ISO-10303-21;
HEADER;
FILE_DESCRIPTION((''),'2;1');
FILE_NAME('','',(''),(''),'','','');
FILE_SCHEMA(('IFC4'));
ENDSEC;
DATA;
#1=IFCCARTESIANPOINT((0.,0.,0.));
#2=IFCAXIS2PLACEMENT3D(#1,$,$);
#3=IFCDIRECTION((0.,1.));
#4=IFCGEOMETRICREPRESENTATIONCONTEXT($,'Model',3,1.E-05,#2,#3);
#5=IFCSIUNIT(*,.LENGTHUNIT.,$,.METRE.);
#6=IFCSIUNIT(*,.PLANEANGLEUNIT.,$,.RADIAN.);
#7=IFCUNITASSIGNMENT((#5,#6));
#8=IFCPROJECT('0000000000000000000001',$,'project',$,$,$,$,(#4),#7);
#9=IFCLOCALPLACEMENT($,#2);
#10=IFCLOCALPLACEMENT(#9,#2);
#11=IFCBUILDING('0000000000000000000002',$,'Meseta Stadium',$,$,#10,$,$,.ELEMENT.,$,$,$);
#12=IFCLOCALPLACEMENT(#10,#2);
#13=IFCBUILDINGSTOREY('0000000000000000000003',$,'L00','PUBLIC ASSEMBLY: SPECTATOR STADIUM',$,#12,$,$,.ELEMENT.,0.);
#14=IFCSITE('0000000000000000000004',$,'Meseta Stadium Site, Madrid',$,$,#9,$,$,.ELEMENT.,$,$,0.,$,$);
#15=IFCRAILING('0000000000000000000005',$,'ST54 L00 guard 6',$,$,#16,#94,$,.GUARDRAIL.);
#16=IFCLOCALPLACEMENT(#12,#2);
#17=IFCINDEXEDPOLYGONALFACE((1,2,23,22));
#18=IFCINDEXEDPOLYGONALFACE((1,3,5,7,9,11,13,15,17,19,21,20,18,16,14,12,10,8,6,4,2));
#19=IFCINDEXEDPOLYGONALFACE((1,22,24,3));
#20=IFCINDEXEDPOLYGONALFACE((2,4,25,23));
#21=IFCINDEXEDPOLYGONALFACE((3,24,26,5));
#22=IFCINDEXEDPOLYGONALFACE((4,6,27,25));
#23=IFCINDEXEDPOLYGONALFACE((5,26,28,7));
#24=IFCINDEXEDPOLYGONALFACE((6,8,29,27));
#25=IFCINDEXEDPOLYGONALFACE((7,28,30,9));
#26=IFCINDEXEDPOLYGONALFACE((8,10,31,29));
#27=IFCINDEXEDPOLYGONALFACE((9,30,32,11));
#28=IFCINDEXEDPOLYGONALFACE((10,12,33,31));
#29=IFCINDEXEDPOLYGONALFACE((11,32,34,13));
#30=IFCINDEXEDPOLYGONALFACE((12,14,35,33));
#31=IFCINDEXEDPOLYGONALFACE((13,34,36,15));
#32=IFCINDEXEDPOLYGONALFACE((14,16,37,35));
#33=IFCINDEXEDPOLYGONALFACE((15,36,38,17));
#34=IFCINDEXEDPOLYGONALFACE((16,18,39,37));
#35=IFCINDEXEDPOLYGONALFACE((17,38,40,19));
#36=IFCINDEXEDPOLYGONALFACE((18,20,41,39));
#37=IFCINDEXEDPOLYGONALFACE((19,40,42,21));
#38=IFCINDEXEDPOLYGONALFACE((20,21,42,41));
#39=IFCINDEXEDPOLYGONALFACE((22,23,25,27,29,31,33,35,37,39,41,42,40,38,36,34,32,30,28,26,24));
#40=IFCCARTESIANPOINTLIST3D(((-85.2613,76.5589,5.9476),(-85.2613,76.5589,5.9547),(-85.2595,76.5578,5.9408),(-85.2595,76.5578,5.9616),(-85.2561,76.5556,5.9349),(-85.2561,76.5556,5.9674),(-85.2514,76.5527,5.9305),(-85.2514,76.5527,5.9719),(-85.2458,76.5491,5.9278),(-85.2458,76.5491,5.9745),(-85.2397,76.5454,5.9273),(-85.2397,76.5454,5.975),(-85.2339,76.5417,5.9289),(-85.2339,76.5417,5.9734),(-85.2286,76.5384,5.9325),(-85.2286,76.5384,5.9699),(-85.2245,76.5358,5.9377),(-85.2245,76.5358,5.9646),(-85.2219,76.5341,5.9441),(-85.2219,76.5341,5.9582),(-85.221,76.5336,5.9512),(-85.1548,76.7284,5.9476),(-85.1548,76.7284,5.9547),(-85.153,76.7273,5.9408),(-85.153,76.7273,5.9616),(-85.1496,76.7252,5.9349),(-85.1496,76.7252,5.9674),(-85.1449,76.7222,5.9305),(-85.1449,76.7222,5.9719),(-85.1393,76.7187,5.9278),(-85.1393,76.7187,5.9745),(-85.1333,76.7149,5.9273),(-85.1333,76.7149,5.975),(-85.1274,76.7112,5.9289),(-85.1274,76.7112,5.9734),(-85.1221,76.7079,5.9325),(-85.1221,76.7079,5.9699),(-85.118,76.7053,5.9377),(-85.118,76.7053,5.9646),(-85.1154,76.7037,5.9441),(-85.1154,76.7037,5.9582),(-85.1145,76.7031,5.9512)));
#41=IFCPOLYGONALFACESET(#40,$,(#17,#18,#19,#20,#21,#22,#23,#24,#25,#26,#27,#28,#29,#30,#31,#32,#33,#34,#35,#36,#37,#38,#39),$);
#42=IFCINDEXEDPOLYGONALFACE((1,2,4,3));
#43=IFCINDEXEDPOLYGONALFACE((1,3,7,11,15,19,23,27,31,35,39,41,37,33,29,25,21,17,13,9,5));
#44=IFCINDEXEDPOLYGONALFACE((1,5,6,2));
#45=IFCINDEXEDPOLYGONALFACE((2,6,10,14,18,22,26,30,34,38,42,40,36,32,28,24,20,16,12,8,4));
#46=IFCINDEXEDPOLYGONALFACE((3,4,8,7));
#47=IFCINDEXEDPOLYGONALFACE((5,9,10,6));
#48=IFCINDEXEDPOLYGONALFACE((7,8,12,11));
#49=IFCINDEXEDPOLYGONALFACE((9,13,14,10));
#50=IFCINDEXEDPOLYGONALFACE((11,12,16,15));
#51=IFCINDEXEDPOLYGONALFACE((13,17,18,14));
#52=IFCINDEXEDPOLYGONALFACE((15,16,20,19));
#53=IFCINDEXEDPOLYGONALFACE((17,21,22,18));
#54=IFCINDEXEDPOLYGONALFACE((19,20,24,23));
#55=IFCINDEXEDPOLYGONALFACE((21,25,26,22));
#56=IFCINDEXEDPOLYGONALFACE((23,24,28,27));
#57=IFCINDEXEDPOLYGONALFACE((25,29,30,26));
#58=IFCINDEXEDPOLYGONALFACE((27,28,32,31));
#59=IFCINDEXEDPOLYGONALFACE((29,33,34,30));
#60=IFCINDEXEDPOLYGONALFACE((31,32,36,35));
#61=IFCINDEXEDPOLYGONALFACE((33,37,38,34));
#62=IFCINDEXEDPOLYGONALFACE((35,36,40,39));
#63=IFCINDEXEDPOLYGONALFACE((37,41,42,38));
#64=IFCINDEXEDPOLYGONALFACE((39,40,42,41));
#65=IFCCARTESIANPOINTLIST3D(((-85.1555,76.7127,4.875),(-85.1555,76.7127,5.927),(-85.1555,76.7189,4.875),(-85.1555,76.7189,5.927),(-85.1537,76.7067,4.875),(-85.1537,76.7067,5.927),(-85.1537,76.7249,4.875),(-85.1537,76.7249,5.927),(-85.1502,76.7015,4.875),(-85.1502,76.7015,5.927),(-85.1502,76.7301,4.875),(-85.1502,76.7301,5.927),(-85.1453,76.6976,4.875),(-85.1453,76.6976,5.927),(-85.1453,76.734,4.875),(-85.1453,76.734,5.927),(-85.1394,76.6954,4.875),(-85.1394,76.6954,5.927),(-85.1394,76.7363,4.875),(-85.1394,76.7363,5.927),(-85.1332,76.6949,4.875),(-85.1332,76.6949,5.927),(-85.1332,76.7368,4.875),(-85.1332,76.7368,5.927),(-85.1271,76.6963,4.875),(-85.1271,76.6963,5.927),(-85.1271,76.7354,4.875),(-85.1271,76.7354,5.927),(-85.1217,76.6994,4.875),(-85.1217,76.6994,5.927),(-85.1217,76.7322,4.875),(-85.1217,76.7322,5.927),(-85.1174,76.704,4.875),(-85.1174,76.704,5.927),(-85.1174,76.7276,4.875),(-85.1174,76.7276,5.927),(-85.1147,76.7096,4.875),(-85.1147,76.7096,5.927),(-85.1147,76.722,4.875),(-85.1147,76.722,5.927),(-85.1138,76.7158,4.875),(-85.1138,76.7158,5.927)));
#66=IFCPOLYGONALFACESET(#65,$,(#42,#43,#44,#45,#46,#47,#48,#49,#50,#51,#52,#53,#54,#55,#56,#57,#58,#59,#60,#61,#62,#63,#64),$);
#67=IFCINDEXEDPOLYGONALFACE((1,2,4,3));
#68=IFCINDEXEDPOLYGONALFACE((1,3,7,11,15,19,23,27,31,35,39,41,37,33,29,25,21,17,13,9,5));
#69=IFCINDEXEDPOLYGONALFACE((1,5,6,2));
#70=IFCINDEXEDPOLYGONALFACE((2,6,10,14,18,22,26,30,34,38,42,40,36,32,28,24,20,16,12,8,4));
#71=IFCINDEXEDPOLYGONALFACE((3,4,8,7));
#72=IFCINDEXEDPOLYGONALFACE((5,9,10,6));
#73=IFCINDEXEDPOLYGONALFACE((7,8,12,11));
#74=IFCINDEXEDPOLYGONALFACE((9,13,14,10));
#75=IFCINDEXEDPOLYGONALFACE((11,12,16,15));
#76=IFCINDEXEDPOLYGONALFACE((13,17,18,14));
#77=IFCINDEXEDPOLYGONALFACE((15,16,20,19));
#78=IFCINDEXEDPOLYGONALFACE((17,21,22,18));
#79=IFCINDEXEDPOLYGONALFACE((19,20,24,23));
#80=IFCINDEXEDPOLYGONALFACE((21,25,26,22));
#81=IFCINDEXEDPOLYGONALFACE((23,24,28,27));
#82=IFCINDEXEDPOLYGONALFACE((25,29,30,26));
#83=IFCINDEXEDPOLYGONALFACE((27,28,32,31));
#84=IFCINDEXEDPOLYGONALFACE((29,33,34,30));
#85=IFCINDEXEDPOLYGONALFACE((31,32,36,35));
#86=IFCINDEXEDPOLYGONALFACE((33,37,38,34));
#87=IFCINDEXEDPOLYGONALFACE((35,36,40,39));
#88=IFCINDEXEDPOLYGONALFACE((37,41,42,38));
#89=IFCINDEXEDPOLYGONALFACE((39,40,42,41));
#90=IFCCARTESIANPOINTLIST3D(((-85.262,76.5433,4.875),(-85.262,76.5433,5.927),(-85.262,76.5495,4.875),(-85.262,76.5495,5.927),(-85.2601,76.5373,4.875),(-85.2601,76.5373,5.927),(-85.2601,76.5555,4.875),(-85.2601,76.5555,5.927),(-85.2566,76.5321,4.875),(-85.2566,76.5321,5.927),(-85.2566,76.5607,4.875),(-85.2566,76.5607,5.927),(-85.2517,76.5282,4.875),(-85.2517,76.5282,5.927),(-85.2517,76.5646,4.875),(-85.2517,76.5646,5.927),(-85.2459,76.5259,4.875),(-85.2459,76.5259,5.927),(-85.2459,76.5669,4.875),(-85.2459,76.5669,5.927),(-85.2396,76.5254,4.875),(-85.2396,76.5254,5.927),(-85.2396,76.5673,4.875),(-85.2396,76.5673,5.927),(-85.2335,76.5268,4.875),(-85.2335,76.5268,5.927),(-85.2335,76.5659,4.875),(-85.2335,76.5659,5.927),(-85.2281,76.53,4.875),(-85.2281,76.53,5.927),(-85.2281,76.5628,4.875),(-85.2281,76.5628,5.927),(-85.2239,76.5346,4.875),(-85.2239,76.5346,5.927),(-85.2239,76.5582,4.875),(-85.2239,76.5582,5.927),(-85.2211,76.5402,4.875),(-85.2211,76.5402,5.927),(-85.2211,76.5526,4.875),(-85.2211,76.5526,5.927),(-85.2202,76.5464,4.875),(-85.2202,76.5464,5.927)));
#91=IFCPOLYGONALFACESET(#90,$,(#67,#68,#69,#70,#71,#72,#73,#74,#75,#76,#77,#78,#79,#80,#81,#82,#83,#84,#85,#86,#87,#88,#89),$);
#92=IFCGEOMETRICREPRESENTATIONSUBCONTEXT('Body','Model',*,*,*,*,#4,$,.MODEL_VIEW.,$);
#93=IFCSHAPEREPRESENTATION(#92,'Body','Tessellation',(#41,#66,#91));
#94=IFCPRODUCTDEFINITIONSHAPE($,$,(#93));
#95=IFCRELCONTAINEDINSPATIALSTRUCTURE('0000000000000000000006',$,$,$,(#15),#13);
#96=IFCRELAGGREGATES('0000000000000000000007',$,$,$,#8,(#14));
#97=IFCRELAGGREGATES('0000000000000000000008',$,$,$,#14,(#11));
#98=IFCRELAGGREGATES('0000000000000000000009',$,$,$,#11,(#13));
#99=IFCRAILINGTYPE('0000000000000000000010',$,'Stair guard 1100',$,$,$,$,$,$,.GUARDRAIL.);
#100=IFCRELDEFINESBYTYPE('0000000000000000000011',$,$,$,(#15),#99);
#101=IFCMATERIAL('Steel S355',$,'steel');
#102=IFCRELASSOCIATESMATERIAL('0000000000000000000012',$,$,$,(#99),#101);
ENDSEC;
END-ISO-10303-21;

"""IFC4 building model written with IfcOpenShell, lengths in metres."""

from ifc_helpers import new_model, si_unit, direction, frame, origin, origin_2d, place, context, subcontext, project, spatial, circle, extrude, material, type_object, element, save


model = new_model("IFC4")

# Units and contexts
model_context = context("Model", 3, precision=1e-05, world=origin(), true_north=direction((0.0, 1.0)))
body_context = subcontext(model_context, "Body", "Model", "MODEL_VIEW")
ifc_project = project(units=[si_unit("LENGTHUNIT", "METRE"), si_unit("PLANEANGLEUNIT", "RADIAN")], contexts=[model_context])

# Site, building, storey
site_placement = place(None, origin())
site = spatial("IfcSite", under=ifc_project, at=site_placement, Name="Meseta Stadium Site, Madrid", CompositionType="ELEMENT", RefElevation=0.0)
building_placement = place(site_placement, origin())
building = spatial("IfcBuilding", under=site, at=building_placement, Name="Meseta Stadium", CompositionType="ELEMENT")
storey_placement = place(building_placement, origin())
storey = spatial("IfcBuildingStorey", under=building, at=storey_placement, Name="L00", Description="PUBLIC ASSEMBLY: SPECTATOR STADIUM", CompositionType="ELEMENT", Elevation=0.0)

# Railing
ifc_material_1 = material(Name="Steel S355", Category="steel")
railing_type_1 = type_object("IfcRailingType", Name="Stair guard 1100", PredefinedType="GUARDRAIL", material=ifc_material_1)
railing_1_placement = place(storey_placement, frame((-85.1348, 76.7158, 4.875)))
element("IfcRailing", 1, at=railing_1_placement, inside=storey, type_object=railing_type_1, Name="ST54 L00 guard 6", PredefinedType="GUARDRAIL", context=body_context, shape_type="SweptSolid", body=[
    extrude(circle(Radius=0.0239, at=origin_2d()), frame((0.0, 0.0, 1.0762), z_axis=(-0.531972, -0.846762, 0.0), x_axis=(0.846762, -0.531972, 0.0)), (0.0, 0.0, 1.0), 0.2002),
    extrude(circle(Radius=0.021, at=origin_2d()), origin(), (0.0, 0.0, 1.0), 1.052),
    extrude(circle(Radius=0.021, at=origin_2d()), frame((-0.1064, -0.1694, 0.0)), (0.0, 0.0, 1.0), 1.052),
])

save(model, "model.ifc")
